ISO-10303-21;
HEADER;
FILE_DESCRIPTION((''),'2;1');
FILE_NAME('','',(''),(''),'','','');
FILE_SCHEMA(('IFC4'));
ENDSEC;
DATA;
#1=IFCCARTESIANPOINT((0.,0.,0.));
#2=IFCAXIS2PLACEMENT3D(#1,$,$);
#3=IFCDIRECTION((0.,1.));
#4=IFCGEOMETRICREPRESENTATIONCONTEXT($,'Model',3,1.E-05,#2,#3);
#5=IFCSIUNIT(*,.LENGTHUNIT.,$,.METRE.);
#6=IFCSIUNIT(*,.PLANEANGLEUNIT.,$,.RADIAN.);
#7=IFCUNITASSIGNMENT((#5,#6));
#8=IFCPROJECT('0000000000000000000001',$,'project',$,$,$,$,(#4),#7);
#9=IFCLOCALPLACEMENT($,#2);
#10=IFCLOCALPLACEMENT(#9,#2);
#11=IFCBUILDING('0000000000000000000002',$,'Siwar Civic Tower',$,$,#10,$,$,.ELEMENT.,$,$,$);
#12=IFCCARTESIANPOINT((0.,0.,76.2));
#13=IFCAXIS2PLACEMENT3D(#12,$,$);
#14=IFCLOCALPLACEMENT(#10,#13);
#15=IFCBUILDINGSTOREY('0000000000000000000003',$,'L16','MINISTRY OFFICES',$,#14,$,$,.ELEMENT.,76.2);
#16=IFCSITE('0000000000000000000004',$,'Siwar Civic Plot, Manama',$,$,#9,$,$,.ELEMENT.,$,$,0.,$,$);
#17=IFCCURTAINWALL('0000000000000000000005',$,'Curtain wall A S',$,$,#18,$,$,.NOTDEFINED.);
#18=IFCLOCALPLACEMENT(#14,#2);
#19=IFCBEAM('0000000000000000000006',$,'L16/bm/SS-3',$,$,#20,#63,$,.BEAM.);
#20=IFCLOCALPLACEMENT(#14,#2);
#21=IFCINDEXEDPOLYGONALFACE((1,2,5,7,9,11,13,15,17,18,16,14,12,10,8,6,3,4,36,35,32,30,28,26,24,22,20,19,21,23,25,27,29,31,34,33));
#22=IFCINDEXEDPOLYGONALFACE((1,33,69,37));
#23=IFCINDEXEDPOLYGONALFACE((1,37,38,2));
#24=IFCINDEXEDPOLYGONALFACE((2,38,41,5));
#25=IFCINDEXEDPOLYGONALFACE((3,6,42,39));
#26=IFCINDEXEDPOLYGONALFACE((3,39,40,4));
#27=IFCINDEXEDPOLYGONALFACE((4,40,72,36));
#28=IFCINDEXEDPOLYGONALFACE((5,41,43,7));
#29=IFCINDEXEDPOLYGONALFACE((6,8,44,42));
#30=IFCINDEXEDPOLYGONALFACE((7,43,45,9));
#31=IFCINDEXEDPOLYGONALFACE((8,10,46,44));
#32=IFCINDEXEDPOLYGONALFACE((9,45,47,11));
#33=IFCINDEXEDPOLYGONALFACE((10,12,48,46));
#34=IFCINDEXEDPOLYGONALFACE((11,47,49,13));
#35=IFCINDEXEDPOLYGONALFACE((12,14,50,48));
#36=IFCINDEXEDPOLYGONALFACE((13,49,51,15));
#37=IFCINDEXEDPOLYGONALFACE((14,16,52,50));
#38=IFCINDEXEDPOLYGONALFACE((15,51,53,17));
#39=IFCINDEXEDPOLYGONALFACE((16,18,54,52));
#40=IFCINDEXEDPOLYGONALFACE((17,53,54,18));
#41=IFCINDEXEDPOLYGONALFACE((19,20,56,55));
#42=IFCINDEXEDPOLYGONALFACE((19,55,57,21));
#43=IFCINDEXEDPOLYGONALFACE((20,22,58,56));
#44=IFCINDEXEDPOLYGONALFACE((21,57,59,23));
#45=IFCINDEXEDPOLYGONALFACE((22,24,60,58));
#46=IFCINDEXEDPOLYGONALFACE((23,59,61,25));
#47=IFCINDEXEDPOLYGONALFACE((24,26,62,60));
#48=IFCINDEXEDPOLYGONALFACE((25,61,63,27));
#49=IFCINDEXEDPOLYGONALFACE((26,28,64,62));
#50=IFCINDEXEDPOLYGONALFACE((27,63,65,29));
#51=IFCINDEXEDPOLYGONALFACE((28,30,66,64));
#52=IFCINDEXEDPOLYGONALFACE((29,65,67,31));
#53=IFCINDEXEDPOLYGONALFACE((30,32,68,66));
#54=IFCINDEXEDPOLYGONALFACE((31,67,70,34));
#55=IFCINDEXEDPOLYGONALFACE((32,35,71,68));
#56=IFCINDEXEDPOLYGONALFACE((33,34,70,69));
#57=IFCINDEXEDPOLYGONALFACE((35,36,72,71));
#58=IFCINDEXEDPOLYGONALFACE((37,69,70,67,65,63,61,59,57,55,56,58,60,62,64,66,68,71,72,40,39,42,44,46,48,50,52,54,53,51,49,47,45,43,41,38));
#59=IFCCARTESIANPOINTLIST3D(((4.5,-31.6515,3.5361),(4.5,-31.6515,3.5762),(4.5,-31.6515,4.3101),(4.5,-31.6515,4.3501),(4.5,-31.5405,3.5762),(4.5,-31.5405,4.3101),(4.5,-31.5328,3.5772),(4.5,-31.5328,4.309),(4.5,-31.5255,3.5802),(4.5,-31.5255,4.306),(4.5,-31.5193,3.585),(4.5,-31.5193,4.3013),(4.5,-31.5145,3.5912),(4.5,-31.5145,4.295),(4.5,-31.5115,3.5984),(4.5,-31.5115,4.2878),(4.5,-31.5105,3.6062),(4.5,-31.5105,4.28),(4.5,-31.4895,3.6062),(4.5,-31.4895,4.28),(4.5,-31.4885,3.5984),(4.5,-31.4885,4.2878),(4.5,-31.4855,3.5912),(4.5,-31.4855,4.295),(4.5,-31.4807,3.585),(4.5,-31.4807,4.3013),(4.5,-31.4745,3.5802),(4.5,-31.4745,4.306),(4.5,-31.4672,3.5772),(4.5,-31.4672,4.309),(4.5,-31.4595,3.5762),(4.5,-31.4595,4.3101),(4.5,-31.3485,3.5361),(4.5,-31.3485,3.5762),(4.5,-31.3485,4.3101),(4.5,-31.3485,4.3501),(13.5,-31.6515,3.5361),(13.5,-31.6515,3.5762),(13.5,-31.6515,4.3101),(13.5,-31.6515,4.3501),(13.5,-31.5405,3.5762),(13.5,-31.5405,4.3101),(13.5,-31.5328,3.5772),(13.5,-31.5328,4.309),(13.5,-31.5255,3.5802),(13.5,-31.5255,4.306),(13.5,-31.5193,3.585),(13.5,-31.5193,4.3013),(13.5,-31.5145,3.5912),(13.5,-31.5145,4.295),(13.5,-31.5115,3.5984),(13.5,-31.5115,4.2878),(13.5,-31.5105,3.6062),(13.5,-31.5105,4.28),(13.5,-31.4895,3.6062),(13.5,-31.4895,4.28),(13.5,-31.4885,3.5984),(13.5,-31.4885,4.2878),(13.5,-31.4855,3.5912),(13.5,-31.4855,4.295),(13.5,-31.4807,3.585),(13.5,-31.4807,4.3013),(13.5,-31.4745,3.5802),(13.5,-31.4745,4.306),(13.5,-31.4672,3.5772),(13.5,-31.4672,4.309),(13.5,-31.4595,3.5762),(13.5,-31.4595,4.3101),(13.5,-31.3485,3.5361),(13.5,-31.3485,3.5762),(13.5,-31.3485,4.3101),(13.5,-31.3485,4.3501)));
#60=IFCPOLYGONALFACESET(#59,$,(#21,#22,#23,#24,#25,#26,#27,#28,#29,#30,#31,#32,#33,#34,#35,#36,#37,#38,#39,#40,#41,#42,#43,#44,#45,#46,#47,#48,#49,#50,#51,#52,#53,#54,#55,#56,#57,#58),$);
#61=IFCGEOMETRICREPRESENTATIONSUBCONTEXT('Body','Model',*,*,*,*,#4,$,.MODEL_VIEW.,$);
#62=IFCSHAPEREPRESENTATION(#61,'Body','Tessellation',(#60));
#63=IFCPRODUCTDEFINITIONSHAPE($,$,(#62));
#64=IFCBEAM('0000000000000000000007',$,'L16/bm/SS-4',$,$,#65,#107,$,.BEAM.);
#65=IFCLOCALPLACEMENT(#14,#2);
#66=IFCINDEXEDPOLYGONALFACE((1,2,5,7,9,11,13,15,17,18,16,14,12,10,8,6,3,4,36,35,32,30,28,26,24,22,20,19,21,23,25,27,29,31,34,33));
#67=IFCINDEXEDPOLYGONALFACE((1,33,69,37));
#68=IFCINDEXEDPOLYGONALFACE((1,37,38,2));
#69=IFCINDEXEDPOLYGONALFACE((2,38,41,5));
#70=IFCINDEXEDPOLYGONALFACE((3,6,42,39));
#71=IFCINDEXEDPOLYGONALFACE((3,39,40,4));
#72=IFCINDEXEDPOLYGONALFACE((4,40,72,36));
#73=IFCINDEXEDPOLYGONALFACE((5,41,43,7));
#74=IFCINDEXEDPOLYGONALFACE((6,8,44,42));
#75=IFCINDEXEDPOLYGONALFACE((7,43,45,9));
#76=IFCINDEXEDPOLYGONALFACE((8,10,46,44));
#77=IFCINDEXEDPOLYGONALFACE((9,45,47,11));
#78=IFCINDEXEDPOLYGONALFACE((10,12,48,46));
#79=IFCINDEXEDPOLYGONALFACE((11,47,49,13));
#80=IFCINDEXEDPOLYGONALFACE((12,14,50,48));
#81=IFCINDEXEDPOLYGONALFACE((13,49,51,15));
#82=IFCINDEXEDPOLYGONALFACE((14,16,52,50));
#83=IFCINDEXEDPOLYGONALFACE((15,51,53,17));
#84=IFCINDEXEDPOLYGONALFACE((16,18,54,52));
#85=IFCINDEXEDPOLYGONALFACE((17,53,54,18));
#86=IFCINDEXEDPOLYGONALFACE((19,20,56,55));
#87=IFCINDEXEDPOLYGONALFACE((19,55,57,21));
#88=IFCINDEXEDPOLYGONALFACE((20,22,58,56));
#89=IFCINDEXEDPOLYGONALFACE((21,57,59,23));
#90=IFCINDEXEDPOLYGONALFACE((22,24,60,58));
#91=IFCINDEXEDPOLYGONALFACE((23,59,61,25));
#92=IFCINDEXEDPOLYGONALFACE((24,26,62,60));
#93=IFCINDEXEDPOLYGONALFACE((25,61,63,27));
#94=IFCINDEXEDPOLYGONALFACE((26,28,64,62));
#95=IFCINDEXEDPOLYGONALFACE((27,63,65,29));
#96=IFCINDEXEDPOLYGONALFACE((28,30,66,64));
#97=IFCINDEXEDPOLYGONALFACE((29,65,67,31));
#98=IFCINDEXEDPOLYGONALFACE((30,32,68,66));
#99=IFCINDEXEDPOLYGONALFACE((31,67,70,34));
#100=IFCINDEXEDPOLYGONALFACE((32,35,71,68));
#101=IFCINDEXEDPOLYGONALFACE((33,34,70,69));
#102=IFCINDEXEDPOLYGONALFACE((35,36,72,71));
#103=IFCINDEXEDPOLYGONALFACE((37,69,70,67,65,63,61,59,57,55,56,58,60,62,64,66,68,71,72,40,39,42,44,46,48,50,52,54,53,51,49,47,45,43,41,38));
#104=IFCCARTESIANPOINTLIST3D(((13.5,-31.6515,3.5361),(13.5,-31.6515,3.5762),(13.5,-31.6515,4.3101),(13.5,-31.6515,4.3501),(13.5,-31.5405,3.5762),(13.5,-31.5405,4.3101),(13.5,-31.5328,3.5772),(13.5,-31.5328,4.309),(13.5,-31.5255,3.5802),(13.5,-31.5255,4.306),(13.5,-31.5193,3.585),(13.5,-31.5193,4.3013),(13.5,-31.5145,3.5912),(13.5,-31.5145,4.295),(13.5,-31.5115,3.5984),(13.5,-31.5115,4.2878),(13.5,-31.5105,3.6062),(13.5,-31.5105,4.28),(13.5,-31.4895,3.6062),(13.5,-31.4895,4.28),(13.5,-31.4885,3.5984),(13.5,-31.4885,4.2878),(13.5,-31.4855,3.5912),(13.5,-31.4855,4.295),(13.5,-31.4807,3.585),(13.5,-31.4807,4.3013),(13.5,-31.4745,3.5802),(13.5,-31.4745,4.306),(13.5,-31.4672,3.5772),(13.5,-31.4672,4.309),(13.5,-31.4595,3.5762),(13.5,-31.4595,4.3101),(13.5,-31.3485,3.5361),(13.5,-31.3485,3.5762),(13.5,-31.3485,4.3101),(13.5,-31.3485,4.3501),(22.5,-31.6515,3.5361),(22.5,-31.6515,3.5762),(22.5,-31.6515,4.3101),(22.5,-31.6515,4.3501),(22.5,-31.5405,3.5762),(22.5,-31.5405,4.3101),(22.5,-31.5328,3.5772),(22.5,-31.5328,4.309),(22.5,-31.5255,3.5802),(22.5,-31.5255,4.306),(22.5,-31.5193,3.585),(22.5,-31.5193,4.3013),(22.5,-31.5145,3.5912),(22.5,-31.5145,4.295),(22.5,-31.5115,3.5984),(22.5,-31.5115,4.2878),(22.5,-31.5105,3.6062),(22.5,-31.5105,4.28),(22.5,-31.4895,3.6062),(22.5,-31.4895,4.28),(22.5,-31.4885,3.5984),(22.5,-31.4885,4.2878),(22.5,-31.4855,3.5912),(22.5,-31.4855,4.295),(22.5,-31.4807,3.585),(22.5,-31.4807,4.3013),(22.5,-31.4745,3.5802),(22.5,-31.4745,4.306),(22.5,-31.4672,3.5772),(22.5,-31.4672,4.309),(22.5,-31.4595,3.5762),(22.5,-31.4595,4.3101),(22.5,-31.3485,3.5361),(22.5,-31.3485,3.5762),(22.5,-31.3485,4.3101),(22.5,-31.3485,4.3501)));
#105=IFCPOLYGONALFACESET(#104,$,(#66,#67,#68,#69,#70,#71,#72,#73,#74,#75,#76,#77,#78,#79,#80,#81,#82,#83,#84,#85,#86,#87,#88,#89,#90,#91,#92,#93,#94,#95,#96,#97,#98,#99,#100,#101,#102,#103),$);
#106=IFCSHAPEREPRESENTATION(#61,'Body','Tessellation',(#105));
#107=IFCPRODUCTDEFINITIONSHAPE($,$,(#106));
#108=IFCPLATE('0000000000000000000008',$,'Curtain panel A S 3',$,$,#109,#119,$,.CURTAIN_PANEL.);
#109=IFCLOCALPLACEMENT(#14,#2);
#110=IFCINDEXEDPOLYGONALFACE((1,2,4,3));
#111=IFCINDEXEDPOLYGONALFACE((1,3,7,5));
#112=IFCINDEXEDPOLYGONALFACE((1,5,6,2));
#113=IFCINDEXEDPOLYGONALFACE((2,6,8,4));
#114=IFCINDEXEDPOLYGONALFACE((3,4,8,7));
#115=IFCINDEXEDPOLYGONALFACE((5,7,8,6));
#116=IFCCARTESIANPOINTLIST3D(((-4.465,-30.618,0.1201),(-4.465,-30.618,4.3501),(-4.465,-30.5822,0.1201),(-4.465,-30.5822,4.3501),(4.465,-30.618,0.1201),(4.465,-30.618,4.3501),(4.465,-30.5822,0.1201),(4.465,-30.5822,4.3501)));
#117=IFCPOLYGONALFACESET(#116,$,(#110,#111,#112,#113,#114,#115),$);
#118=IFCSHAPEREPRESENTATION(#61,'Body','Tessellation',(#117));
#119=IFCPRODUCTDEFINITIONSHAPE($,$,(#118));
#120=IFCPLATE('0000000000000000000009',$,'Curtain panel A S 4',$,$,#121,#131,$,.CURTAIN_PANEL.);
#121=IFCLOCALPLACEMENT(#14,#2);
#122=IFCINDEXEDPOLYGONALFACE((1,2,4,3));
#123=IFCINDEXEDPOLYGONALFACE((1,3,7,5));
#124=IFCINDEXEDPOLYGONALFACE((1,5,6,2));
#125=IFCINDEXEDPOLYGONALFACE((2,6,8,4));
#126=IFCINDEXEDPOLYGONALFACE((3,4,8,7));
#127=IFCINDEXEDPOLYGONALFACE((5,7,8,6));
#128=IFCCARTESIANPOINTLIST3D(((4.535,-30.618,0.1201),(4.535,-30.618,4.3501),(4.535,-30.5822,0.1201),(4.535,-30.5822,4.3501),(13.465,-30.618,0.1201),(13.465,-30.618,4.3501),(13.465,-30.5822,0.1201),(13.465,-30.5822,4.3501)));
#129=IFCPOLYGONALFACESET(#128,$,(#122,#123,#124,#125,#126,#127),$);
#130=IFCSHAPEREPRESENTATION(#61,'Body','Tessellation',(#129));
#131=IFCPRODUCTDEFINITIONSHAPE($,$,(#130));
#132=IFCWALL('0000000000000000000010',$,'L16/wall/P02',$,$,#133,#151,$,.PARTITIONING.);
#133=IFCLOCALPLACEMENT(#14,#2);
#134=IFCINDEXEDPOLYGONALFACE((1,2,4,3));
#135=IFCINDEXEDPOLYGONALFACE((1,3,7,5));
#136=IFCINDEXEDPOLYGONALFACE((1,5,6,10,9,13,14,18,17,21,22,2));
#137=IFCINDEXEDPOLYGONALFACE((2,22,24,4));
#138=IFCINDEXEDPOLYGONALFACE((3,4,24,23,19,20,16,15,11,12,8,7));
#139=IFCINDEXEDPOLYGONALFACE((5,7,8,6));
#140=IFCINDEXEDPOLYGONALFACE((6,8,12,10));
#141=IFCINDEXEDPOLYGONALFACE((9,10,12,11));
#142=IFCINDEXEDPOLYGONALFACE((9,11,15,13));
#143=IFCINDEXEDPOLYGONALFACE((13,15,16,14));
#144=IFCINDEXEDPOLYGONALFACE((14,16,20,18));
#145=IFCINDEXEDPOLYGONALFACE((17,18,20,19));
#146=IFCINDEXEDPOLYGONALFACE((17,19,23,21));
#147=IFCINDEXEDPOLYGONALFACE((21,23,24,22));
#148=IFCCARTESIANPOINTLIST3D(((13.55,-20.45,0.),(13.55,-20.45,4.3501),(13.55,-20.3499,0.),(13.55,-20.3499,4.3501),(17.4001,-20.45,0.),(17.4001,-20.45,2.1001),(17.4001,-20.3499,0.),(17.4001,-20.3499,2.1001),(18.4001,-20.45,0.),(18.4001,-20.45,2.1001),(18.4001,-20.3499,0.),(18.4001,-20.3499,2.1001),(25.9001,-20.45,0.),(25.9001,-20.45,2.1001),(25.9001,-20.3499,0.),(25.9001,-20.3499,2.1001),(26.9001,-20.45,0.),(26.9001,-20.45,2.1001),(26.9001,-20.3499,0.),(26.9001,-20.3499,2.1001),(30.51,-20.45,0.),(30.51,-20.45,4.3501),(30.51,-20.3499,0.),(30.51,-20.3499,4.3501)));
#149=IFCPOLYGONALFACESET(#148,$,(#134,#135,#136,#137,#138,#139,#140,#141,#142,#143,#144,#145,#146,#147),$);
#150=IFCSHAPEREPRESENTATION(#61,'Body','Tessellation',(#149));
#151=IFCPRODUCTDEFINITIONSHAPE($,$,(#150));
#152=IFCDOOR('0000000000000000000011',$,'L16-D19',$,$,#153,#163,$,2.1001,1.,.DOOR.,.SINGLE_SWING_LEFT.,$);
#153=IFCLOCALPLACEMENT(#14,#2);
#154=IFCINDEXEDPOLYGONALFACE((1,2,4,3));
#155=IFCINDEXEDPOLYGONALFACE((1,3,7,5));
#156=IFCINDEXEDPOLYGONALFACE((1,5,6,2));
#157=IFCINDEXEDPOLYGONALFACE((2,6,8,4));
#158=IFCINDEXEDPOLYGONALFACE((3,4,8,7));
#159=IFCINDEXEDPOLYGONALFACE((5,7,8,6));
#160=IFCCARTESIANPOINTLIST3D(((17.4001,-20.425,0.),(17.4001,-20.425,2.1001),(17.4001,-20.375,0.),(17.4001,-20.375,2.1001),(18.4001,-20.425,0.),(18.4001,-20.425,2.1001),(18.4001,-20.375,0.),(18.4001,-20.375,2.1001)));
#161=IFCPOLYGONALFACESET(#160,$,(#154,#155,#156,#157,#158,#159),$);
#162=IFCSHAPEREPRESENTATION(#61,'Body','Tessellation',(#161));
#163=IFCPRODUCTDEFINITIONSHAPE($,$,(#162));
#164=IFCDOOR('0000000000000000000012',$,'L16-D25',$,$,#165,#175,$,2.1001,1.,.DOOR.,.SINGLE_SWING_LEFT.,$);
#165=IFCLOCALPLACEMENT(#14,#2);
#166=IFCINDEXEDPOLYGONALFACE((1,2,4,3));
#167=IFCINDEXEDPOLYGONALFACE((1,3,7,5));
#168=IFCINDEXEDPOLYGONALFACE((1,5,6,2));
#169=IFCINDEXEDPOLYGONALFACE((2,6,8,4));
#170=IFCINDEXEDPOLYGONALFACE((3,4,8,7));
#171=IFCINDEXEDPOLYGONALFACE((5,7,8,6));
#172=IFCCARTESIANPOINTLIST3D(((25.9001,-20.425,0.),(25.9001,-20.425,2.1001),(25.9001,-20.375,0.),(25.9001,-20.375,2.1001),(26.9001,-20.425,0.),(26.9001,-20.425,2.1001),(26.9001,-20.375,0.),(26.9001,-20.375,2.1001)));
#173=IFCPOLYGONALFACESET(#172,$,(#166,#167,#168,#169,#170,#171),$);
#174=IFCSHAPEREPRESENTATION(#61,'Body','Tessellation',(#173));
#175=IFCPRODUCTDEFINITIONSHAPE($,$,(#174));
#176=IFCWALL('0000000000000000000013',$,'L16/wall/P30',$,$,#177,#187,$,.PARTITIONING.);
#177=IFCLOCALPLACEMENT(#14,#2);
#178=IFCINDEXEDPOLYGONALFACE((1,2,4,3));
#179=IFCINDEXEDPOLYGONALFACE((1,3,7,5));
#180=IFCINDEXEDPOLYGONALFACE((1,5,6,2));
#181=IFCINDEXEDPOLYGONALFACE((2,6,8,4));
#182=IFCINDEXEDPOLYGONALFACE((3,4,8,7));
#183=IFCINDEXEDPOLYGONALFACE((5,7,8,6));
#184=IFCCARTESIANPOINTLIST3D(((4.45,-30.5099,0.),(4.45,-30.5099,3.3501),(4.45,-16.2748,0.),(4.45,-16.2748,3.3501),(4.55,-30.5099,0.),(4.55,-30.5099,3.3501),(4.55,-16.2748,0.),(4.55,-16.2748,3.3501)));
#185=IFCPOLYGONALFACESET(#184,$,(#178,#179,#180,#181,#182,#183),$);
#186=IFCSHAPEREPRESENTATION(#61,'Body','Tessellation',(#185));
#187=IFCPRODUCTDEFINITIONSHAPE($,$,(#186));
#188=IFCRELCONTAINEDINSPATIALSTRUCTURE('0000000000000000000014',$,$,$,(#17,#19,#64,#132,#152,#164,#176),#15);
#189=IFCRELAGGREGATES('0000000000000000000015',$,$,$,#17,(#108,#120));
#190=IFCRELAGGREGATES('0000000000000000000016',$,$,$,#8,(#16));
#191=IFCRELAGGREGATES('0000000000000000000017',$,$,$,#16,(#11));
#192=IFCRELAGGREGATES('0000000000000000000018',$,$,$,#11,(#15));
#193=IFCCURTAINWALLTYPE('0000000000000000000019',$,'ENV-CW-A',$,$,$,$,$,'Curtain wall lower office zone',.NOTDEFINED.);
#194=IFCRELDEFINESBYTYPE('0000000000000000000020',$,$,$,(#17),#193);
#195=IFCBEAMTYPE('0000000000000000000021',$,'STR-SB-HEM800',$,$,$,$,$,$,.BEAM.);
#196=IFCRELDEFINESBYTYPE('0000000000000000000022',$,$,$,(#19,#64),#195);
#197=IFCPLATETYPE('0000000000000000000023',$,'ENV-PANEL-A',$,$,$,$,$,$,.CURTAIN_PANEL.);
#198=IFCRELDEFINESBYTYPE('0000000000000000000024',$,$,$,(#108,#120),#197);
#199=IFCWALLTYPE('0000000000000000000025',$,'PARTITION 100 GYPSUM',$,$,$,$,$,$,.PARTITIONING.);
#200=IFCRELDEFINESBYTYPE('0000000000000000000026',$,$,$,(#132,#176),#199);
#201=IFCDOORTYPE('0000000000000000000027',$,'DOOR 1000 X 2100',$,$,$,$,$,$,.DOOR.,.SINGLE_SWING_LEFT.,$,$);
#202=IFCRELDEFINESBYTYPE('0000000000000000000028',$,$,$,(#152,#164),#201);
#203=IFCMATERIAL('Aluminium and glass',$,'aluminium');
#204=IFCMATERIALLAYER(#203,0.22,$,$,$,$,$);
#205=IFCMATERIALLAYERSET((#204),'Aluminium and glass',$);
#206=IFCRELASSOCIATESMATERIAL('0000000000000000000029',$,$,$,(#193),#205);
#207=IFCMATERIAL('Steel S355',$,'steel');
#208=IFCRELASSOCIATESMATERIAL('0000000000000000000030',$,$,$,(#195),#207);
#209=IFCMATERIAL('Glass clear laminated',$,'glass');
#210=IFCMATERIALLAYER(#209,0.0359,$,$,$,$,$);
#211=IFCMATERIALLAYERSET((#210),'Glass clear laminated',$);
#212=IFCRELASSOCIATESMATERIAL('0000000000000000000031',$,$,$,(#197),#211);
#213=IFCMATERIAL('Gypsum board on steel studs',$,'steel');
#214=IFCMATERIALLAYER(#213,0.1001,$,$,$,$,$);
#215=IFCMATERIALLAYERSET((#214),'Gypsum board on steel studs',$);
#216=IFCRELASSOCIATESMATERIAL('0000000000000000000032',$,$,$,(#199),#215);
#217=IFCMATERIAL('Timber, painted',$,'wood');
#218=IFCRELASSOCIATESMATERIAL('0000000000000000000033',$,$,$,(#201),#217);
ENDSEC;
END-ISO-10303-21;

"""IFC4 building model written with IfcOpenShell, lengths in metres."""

from ifc_helpers import new_model, si_unit, direction, frame, frame_2d, origin, origin_2d, place, context, subcontext, project, spatial, rectangle, i_section, extrude, material, layer, layer_set, material_profile, profile_set, type_object, element, fill, aggregate, save


model = new_model("IFC4")

# Units and contexts
model_context = context("Model", 3, precision=1e-05, world=origin(), true_north=direction((0.0, 1.0)))
body_context = subcontext(model_context, "Body", "Model", "MODEL_VIEW")
ifc_project = project(units=[si_unit("LENGTHUNIT", "METRE"), si_unit("PLANEANGLEUNIT", "RADIAN")], contexts=[model_context])

# Site, building, storey
site_placement = place(None, origin())
site = spatial("IfcSite", under=ifc_project, at=site_placement, Name="Siwar Civic Plot, Manama", CompositionType="ELEMENT", RefElevation=0.0)
building_placement = place(site_placement, origin())
building = spatial("IfcBuilding", under=site, at=building_placement, Name="Siwar Civic Tower", CompositionType="ELEMENT")
storey_placement = place(building_placement, frame((0.0, 0.0, 76.2)))
storey = spatial("IfcBuildingStorey", under=building, at=storey_placement, Name="L16", Description="MINISTRY OFFICES", CompositionType="ELEMENT", Elevation=76.2)

# Curtain wall
ifc_material_1 = material(Name="Aluminium and glass", Category="aluminium")
ifc_layer_1 = layer(ifc_material_1, 0.22)
ifc_layer_set_1 = layer_set([ifc_layer_1], Name="Aluminium and glass")
curtain_wall_type = type_object("IfcCurtainWallType", Name="ENV-CW-A", ElementType="Curtain wall lower office zone", PredefinedType="NOTDEFINED", material=ifc_layer_set_1)
curtain_wall_placement = place(storey_placement, origin())
curtain_wall = element("IfcCurtainWall", 1, at=curtain_wall_placement, inside=storey, type_object=curtain_wall_type, Name="Curtain wall A S", PredefinedType="NOTDEFINED")

# Beams
ifc_material_2 = material(Name="Steel S355", Category="steel")
ifc_material_profile_1 = material_profile(ifc_material_2, i_section(OverallWidth=0.303, OverallDepth=0.814, WebThickness=0.021, FlangeThickness=0.04, FilletRadius=0.03, at=origin_2d()), Name="HEM800")
ifc_profile_set_1 = profile_set([ifc_material_profile_1], Name="Steel S355")
beam_type_1 = type_object("IfcBeamType", Name="STR-SB-HEM800", PredefinedType="BEAM", material=ifc_profile_set_1)
for number, where, z_axis, x_axis, name in (
    (2, (4.5, -31.5, 3.9431), (1.0, 0.0, 0.0), (0.0, 1.0, 0.0), "L16/bm/SS-3"),
    (3, (13.5, -31.5, 3.9431), (1.0, 0.0, 0.0), (0.0, 1.0, 0.0), "L16/bm/SS-4"),
):
    element("IfcBeam", number, at=place(storey_placement, frame(where, z_axis=z_axis, x_axis=x_axis)), inside=storey, type_object=beam_type_1, Name=name, PredefinedType="BEAM", context=body_context, shape_type="SweptSolid", body=[
        extrude(i_section(OverallWidth=0.303, OverallDepth=0.814, WebThickness=0.021, FlangeThickness=0.04, FilletRadius=0.03, at=origin_2d()), origin(), (0.0, 0.0, 1.0), 9.0),
    ])

# Plates
ifc_material_3 = material(Name="Glass clear laminated", Category="glass")
ifc_layer_2 = layer(ifc_material_3, 0.0359)
ifc_layer_set_2 = layer_set([ifc_layer_2], Name="Glass clear laminated")
plate_type = type_object("IfcPlateType", Name="ENV-PANEL-A", PredefinedType="CURTAIN_PANEL", material=ifc_layer_set_2)
plate_1_placement = place(storey_placement, frame((0.0, -30.6001, 0.1201), z_axis=(0.0, 0.0, 1.0), x_axis=(1.0, 0.0, 0.0)))
plate_1 = element("IfcPlate", 4, at=plate_1_placement, type_object=plate_type, Name="Curtain panel A S 3", PredefinedType="CURTAIN_PANEL", context=body_context, shape_type="SweptSolid", body=[
    extrude(rectangle(XDim=8.9299, YDim=0.0359, at=origin_2d()), origin(), (0.0, 0.0, 1.0), 4.23),
])
plate_2_placement = place(storey_placement, frame((9.0, -30.6001, 0.1201), z_axis=(0.0, 0.0, 1.0), x_axis=(1.0, 0.0, 0.0)))
plate_2 = element("IfcPlate", 5, at=plate_2_placement, type_object=plate_type, Name="Curtain panel A S 4", PredefinedType="CURTAIN_PANEL", context=body_context, shape_type="SweptSolid", body=[
    extrude(rectangle(XDim=8.9299, YDim=0.0359, at=origin_2d()), origin(), (0.0, 0.0, 1.0), 4.23),
])
aggregate(curtain_wall, [plate_1, plate_2])

# Wall, openings, doors
ifc_material_4 = material(Name="Gypsum board on steel studs", Category="steel")
ifc_layer_3 = layer(ifc_material_4, 0.1001)
ifc_layer_set_3 = layer_set([ifc_layer_3], Name="Gypsum board on steel studs")
wall_type = type_object("IfcWallType", Name="PARTITION 100 GYPSUM", PredefinedType="PARTITIONING", material=ifc_layer_set_3)
wall_placement = place(storey_placement, frame((13.55, -20.3999, 0.0), z_axis=(0.0, 0.0, 1.0), x_axis=(1.0, 0.0, 0.0)))
wall = element("IfcWall", 6, at=wall_placement, inside=storey, type_object=wall_type, Name="L16/wall/P02", PredefinedType="PARTITIONING", context=body_context, shape_type="SweptSolid", body=[
    extrude(rectangle(XDim=16.96, YDim=0.1001, at=frame_2d((8.48, 0.0))), origin(), (0.0, 0.0, 1.0), 4.3501),
])
opening_1_placement = place(wall_placement, frame((3.8501, 0.0, 0.0)))
opening_1 = element("IfcOpeningElement", 7, at=opening_1_placement, cuts=wall, PredefinedType="OPENING", context=body_context, shape_type="SweptSolid", body=[
    extrude(rectangle(XDim=1.0, YDim=2.1001, at=frame_2d((0.5, 1.05))), frame((0.0, 0.0601, 0.0), z_axis=(0.0, -1.0, 0.0), x_axis=(1.0, 0.0, 0.0)), (0.0, 0.0, 1.0), 0.1201),
])
opening_2_placement = place(wall_placement, frame((12.3501, 0.0, 0.0)))
opening_2 = element("IfcOpeningElement", 8, at=opening_2_placement, cuts=wall, PredefinedType="OPENING", context=body_context, shape_type="SweptSolid", body=[
    extrude(rectangle(XDim=1.0, YDim=2.1001, at=frame_2d((0.5, 1.05))), frame((0.0, 0.0601, 0.0), z_axis=(0.0, -1.0, 0.0), x_axis=(1.0, 0.0, 0.0)), (0.0, 0.0, 1.0), 0.1201),
])
ifc_material_5 = material(Name="Timber, painted", Category="wood")
door_type = type_object("IfcDoorType", Name="DOOR 1000 X 2100", OperationType="SINGLE_SWING_LEFT", PredefinedType="DOOR", material=ifc_material_5)
door_1_placement = place(opening_1_placement, origin())
door_1 = element("IfcDoor", 9, at=door_1_placement, inside=storey, type_object=door_type, Name="L16-D19", OperationType="SINGLE_SWING_LEFT", OverallHeight=2.1001, OverallWidth=1.0, PredefinedType="DOOR", context=body_context, shape_type="SweptSolid", body=[
    extrude(rectangle(XDim=1.0, YDim=2.1001, at=frame_2d((0.5, 1.05))), frame((0.0, 0.0249, 0.0), z_axis=(0.0, -1.0, 0.0), x_axis=(1.0, 0.0, 0.0)), (0.0, 0.0, 1.0), 0.05),
])
fill(opening_1, door_1)
door_2_placement = place(opening_2_placement, origin())
door_2 = element("IfcDoor", 10, at=door_2_placement, inside=storey, type_object=door_type, Name="L16-D25", OperationType="SINGLE_SWING_LEFT", OverallHeight=2.1001, OverallWidth=1.0, PredefinedType="DOOR", context=body_context, shape_type="SweptSolid", body=[
    extrude(rectangle(XDim=1.0, YDim=2.1001, at=frame_2d((0.5, 1.05))), frame((0.0, 0.0249, 0.0), z_axis=(0.0, -1.0, 0.0), x_axis=(1.0, 0.0, 0.0)), (0.0, 0.0, 1.0), 0.05),
])
fill(opening_2, door_2)

# Wall
for number, where, z_axis, x_axis, name in (
    (11, (4.5, -30.51, 0.0), (0.0, 0.0, 1.0), (0.0, 1.0, 0.0), "L16/wall/P30"),
):
    element("IfcWall", number, at=place(storey_placement, frame(where, z_axis=z_axis, x_axis=x_axis)), inside=storey, type_object=wall_type, Name=name, PredefinedType="PARTITIONING", context=body_context, shape_type="SweptSolid", body=[
        extrude(rectangle(XDim=14.2351, YDim=0.1001, at=frame_2d((7.1177, 0.0))), origin(), (0.0, 0.0, 1.0), 3.3501),
    ])

save(model, "model.ifc")
